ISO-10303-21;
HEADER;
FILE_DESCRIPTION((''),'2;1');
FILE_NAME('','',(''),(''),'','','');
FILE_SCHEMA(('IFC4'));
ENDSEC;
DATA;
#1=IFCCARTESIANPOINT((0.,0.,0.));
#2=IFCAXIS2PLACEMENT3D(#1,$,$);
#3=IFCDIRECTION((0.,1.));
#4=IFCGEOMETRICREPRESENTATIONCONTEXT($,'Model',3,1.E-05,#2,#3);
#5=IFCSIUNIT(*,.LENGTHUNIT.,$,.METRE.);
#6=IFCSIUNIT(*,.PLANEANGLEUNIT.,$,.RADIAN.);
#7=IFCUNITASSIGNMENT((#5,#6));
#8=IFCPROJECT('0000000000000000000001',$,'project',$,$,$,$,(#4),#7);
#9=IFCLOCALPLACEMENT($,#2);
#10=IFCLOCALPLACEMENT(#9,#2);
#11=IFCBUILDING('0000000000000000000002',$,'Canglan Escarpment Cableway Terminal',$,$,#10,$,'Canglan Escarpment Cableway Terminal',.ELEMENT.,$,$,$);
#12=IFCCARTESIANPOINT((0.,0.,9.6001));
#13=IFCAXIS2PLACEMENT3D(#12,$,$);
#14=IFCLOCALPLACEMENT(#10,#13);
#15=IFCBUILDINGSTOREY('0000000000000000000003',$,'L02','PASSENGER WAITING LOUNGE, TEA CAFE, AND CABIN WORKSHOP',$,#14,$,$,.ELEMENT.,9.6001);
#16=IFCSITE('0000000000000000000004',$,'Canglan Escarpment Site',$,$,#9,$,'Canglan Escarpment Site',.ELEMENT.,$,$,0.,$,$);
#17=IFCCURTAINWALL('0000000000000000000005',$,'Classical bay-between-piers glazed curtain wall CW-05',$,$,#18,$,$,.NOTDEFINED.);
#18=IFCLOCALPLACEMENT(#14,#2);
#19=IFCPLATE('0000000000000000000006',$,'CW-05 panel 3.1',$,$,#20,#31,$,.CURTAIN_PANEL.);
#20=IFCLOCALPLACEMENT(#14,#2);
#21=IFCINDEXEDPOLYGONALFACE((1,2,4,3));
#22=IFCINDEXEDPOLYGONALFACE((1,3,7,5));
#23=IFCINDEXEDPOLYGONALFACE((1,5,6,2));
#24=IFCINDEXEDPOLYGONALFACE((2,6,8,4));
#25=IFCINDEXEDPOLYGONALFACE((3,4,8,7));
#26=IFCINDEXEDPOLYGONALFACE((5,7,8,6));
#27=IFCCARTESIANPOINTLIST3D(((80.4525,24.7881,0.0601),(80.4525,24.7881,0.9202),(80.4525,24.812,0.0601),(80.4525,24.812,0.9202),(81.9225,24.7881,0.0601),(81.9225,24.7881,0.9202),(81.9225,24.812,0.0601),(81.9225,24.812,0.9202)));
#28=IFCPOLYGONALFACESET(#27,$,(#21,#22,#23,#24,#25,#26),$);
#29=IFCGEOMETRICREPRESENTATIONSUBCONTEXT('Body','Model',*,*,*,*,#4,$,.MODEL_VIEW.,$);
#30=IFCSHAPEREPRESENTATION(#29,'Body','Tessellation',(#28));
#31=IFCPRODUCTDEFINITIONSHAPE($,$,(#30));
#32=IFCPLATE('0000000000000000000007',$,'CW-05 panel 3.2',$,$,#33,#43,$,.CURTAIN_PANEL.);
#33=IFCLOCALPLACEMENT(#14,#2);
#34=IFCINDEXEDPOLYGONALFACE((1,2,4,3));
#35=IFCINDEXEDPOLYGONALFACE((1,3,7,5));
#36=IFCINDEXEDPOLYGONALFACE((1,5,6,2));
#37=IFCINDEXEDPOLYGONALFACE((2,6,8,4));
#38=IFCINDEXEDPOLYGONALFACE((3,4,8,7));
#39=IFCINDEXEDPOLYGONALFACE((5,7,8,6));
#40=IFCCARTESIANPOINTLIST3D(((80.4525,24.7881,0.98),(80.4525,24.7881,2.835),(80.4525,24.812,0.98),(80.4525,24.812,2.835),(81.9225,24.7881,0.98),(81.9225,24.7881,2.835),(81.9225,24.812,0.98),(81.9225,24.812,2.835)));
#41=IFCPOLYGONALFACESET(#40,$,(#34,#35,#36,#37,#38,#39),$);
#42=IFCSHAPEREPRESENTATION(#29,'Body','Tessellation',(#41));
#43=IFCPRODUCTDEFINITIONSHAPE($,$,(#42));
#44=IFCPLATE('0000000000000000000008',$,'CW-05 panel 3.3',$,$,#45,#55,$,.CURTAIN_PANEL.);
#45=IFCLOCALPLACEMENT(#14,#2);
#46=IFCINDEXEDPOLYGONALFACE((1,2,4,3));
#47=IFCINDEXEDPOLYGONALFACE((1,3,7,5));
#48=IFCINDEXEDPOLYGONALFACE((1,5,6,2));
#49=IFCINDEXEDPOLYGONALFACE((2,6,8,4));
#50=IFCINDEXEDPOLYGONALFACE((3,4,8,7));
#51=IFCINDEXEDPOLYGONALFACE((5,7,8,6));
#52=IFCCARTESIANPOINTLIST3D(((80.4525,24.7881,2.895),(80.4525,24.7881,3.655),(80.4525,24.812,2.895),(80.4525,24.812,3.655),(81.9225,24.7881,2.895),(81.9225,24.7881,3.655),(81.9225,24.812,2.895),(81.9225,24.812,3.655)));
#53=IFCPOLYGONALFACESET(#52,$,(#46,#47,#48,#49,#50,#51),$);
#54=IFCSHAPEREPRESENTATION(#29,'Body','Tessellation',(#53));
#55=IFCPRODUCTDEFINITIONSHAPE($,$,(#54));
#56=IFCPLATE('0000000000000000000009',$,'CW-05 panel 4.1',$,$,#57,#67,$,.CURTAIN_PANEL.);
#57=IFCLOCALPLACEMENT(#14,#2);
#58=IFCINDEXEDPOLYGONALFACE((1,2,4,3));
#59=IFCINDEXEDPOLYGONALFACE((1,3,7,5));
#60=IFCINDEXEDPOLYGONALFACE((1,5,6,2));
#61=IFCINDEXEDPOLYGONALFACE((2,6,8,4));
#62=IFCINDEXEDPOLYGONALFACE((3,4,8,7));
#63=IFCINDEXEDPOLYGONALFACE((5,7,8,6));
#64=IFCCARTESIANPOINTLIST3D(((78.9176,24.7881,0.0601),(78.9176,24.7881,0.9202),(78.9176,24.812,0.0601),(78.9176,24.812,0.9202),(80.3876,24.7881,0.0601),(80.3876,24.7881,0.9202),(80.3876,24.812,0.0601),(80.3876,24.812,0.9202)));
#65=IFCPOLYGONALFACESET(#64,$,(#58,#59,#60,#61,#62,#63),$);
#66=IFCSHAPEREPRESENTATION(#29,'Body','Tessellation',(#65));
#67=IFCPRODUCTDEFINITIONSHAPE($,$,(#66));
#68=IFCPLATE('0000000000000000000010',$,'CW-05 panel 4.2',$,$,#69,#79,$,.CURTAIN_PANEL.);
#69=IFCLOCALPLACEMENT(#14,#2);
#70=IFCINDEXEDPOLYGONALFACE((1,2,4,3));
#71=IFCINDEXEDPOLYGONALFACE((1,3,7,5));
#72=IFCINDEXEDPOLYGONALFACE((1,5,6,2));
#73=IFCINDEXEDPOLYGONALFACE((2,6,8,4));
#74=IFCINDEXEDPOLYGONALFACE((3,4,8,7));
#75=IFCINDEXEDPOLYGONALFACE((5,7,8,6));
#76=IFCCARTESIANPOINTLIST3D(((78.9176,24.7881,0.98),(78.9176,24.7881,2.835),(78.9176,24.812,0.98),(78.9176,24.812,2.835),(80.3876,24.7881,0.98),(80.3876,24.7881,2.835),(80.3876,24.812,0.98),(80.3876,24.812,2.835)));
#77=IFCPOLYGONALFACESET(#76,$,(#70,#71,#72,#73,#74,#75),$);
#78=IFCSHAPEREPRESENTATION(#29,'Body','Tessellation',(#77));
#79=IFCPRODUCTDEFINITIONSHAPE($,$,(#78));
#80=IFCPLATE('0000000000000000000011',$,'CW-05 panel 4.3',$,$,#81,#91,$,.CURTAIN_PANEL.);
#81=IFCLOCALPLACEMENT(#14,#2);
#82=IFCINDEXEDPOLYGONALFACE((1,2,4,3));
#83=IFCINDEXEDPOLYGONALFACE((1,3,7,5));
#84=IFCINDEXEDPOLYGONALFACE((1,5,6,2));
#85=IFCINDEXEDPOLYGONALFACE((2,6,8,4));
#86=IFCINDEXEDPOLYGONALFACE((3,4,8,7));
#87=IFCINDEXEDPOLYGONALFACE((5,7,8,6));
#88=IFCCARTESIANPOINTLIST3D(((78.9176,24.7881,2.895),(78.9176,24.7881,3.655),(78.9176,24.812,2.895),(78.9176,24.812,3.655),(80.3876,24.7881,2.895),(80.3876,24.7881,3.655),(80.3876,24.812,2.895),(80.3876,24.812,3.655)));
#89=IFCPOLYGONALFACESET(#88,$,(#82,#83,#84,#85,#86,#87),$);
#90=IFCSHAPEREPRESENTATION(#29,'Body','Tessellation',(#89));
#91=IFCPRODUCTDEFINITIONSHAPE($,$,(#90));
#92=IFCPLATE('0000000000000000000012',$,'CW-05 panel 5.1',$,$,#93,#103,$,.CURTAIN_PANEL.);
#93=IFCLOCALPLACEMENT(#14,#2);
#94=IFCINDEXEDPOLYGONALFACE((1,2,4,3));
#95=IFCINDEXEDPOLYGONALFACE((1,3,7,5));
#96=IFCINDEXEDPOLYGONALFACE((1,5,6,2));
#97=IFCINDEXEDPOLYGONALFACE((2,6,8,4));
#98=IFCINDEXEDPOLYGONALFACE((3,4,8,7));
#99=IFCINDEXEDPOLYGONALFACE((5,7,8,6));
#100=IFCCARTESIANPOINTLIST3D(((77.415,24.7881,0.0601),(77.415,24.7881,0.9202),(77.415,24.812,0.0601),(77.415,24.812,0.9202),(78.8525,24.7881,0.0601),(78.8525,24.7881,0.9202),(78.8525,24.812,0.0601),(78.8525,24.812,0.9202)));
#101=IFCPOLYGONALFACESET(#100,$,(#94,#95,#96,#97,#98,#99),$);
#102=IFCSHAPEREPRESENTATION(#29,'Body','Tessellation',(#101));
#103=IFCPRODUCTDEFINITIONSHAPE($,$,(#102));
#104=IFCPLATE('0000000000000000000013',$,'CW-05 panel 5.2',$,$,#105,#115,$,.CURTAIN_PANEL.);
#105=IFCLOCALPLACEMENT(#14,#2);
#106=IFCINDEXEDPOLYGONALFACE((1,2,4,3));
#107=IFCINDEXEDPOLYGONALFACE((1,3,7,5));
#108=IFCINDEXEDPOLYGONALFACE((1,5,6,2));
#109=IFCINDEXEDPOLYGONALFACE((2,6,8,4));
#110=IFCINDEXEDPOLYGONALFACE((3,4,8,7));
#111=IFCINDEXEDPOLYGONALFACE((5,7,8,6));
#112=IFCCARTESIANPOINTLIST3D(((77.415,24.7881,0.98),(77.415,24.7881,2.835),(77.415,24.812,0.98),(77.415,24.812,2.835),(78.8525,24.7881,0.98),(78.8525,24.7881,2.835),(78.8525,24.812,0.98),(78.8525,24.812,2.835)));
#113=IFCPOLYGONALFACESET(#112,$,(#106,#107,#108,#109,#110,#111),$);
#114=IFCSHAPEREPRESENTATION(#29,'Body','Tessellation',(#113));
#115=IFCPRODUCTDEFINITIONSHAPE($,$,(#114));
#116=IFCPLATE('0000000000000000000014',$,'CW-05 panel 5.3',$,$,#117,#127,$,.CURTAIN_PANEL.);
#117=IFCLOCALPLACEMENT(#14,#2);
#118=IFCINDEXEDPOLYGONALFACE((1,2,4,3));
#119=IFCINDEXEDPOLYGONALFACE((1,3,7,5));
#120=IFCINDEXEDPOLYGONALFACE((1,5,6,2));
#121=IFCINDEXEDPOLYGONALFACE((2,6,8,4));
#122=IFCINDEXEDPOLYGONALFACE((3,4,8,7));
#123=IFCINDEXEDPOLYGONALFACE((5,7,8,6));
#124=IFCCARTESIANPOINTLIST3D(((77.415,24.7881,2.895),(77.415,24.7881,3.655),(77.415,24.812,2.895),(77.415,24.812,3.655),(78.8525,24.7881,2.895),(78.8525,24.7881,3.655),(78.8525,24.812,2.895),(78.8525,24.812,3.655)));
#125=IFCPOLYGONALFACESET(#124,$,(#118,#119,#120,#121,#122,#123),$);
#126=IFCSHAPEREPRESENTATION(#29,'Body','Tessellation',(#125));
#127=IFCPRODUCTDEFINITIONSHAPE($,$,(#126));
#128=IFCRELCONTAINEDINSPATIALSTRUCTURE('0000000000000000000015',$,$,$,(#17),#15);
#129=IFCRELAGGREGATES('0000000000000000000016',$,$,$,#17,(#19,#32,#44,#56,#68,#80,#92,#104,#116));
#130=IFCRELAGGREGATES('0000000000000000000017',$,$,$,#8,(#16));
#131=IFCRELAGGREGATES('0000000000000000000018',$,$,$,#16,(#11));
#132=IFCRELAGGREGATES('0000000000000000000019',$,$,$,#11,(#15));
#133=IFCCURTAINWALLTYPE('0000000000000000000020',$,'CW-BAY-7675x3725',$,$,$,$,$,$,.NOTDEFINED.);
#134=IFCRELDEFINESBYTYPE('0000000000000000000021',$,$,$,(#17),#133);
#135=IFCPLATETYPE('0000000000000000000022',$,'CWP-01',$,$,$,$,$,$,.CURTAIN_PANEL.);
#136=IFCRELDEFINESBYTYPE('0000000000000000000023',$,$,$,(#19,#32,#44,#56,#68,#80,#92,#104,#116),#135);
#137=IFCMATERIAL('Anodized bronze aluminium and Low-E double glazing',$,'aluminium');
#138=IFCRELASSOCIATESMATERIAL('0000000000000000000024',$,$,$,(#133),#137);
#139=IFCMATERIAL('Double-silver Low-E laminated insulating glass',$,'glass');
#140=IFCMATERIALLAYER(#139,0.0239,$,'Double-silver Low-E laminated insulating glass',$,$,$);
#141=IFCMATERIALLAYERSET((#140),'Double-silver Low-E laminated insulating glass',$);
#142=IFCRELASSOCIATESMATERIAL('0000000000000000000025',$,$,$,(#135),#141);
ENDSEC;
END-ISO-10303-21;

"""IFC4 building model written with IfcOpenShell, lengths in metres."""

from ifc_helpers import new_model, si_unit, direction, frame, origin, origin_2d, place, context, subcontext, project, spatial, rectangle, extrude, material, layer, layer_set, type_object, element, aggregate, save


model = new_model("IFC4")

# Units and contexts
model_context = context("Model", 3, precision=1e-05, world=origin(), true_north=direction((0.0, 1.0)))
body_context = subcontext(model_context, "Body", "Model", "MODEL_VIEW")
ifc_project = project(units=[si_unit("LENGTHUNIT", "METRE"), si_unit("PLANEANGLEUNIT", "RADIAN")], contexts=[model_context])

# Site, building, storey
site_placement = place(None, origin())
site = spatial("IfcSite", under=ifc_project, at=site_placement, Name="Canglan Escarpment Site", LongName="Canglan Escarpment Site", CompositionType="ELEMENT", RefElevation=0.0)
building_placement = place(site_placement, origin())
building = spatial("IfcBuilding", under=site, at=building_placement, Name="Canglan Escarpment Cableway Terminal", LongName="Canglan Escarpment Cableway Terminal", CompositionType="ELEMENT")
storey_placement = place(building_placement, frame((0.0, 0.0, 9.6001)))
storey = spatial("IfcBuildingStorey", under=building, at=storey_placement, Name="L02", Description="PASSENGER WAITING LOUNGE, TEA CAFE, AND CABIN WORKSHOP", CompositionType="ELEMENT", Elevation=9.6001)

# Curtain wall
ifc_material_1 = material(Name="Anodized bronze aluminium and Low-E double glazing", Category="aluminium")
curtain_wall_type = type_object("IfcCurtainWallType", Name="CW-BAY-7675x3725", PredefinedType="NOTDEFINED", material=ifc_material_1)
curtain_wall_placement = place(storey_placement, origin())
curtain_wall = element("IfcCurtainWall", 1, at=curtain_wall_placement, inside=storey, type_object=curtain_wall_type, Name="Classical bay-between-piers glazed curtain wall CW-05", PredefinedType="NOTDEFINED")

# Plates
ifc_material_2 = material(Name="Double-silver Low-E laminated insulating glass", Category="glass")
ifc_layer = layer(ifc_material_2, 0.0239, Name="Double-silver Low-E laminated insulating glass")
ifc_layer_set = layer_set([ifc_layer], Name="Double-silver Low-E laminated insulating glass")
plate_type = type_object("IfcPlateType", Name="CWP-01", PredefinedType="CURTAIN_PANEL", material=ifc_layer_set)
plate_1_placement = place(storey_placement, frame((81.1875, 24.8, 0.0601), z_axis=(0.0, 0.0, 1.0), x_axis=(-1.0, 0.0, 0.0)))
plate_1 = element("IfcPlate", 2, at=plate_1_placement, type_object=plate_type, Name="CW-05 panel 3.1", PredefinedType="CURTAIN_PANEL", context=body_context, shape_type="SweptSolid", body=[
    extrude(rectangle(XDim=1.47, YDim=0.0239, at=origin_2d()), origin(), (0.0, 0.0, 1.0), 0.8601),
])
plate_2_placement = place(storey_placement, frame((81.1875, 24.8, 0.98), z_axis=(0.0, 0.0, 1.0), x_axis=(-1.0, 0.0, 0.0)))
plate_2 = element("IfcPlate", 3, at=plate_2_placement, type_object=plate_type, Name="CW-05 panel 3.2", PredefinedType="CURTAIN_PANEL", context=body_context, shape_type="SweptSolid", body=[
    extrude(rectangle(XDim=1.47, YDim=0.0239, at=origin_2d()), origin(), (0.0, 0.0, 1.0), 1.855),
])
plate_3_placement = place(storey_placement, frame((81.1875, 24.8, 2.895), z_axis=(0.0, 0.0, 1.0), x_axis=(-1.0, 0.0, 0.0)))
plate_3 = element("IfcPlate", 4, at=plate_3_placement, type_object=plate_type, Name="CW-05 panel 3.3", PredefinedType="CURTAIN_PANEL", context=body_context, shape_type="SweptSolid", body=[
    extrude(rectangle(XDim=1.47, YDim=0.0239, at=origin_2d()), origin(), (0.0, 0.0, 1.0), 0.76),
])
plate_4_placement = place(storey_placement, frame((79.6526, 24.8, 0.0601), z_axis=(0.0, 0.0, 1.0), x_axis=(-1.0, 0.0, 0.0)))
plate_4 = element("IfcPlate", 5, at=plate_4_placement, type_object=plate_type, Name="CW-05 panel 4.1", PredefinedType="CURTAIN_PANEL", context=body_context, shape_type="SweptSolid", body=[
    extrude(rectangle(XDim=1.47, YDim=0.0239, at=origin_2d()), origin(), (0.0, 0.0, 1.0), 0.8601),
])
plate_5_placement = place(storey_placement, frame((79.6526, 24.8, 0.98), z_axis=(0.0, 0.0, 1.0), x_axis=(-1.0, 0.0, 0.0)))
plate_5 = element("IfcPlate", 6, at=plate_5_placement, type_object=plate_type, Name="CW-05 panel 4.2", PredefinedType="CURTAIN_PANEL", context=body_context, shape_type="SweptSolid", body=[
    extrude(rectangle(XDim=1.47, YDim=0.0239, at=origin_2d()), origin(), (0.0, 0.0, 1.0), 1.855),
])
plate_6_placement = place(storey_placement, frame((79.6526, 24.8, 2.895), z_axis=(0.0, 0.0, 1.0), x_axis=(-1.0, 0.0, 0.0)))
plate_6 = element("IfcPlate", 7, at=plate_6_placement, type_object=plate_type, Name="CW-05 panel 4.3", PredefinedType="CURTAIN_PANEL", context=body_context, shape_type="SweptSolid", body=[
    extrude(rectangle(XDim=1.47, YDim=0.0239, at=origin_2d()), origin(), (0.0, 0.0, 1.0), 0.76),
])
plate_7_placement = place(storey_placement, frame((78.1338, 24.8, 0.0601), z_axis=(0.0, 0.0, 1.0), x_axis=(-1.0, 0.0, 0.0)))
plate_7 = element("IfcPlate", 8, at=plate_7_placement, type_object=plate_type, Name="CW-05 panel 5.1", PredefinedType="CURTAIN_PANEL", context=body_context, shape_type="SweptSolid", body=[
    extrude(rectangle(XDim=1.4375, YDim=0.0239, at=origin_2d()), origin(), (0.0, 0.0, 1.0), 0.8601),
])
plate_8_placement = place(storey_placement, frame((78.1338, 24.8, 0.98), z_axis=(0.0, 0.0, 1.0), x_axis=(-1.0, 0.0, 0.0)))
plate_8 = element("IfcPlate", 9, at=plate_8_placement, type_object=plate_type, Name="CW-05 panel 5.2", PredefinedType="CURTAIN_PANEL", context=body_context, shape_type="SweptSolid", body=[
    extrude(rectangle(XDim=1.4375, YDim=0.0239, at=origin_2d()), origin(), (0.0, 0.0, 1.0), 1.855),
])
plate_9_placement = place(storey_placement, frame((78.1338, 24.8, 2.895), z_axis=(0.0, 0.0, 1.0), x_axis=(-1.0, 0.0, 0.0)))
plate_9 = element("IfcPlate", 10, at=plate_9_placement, type_object=plate_type, Name="CW-05 panel 5.3", PredefinedType="CURTAIN_PANEL", context=body_context, shape_type="SweptSolid", body=[
    extrude(rectangle(XDim=1.4375, YDim=0.0239, at=origin_2d()), origin(), (0.0, 0.0, 1.0), 0.76),
])
aggregate(curtain_wall, [plate_1, plate_2, plate_3, plate_4, plate_5, plate_6, plate_7, plate_8, plate_9])

save(model, "model.ifc")
